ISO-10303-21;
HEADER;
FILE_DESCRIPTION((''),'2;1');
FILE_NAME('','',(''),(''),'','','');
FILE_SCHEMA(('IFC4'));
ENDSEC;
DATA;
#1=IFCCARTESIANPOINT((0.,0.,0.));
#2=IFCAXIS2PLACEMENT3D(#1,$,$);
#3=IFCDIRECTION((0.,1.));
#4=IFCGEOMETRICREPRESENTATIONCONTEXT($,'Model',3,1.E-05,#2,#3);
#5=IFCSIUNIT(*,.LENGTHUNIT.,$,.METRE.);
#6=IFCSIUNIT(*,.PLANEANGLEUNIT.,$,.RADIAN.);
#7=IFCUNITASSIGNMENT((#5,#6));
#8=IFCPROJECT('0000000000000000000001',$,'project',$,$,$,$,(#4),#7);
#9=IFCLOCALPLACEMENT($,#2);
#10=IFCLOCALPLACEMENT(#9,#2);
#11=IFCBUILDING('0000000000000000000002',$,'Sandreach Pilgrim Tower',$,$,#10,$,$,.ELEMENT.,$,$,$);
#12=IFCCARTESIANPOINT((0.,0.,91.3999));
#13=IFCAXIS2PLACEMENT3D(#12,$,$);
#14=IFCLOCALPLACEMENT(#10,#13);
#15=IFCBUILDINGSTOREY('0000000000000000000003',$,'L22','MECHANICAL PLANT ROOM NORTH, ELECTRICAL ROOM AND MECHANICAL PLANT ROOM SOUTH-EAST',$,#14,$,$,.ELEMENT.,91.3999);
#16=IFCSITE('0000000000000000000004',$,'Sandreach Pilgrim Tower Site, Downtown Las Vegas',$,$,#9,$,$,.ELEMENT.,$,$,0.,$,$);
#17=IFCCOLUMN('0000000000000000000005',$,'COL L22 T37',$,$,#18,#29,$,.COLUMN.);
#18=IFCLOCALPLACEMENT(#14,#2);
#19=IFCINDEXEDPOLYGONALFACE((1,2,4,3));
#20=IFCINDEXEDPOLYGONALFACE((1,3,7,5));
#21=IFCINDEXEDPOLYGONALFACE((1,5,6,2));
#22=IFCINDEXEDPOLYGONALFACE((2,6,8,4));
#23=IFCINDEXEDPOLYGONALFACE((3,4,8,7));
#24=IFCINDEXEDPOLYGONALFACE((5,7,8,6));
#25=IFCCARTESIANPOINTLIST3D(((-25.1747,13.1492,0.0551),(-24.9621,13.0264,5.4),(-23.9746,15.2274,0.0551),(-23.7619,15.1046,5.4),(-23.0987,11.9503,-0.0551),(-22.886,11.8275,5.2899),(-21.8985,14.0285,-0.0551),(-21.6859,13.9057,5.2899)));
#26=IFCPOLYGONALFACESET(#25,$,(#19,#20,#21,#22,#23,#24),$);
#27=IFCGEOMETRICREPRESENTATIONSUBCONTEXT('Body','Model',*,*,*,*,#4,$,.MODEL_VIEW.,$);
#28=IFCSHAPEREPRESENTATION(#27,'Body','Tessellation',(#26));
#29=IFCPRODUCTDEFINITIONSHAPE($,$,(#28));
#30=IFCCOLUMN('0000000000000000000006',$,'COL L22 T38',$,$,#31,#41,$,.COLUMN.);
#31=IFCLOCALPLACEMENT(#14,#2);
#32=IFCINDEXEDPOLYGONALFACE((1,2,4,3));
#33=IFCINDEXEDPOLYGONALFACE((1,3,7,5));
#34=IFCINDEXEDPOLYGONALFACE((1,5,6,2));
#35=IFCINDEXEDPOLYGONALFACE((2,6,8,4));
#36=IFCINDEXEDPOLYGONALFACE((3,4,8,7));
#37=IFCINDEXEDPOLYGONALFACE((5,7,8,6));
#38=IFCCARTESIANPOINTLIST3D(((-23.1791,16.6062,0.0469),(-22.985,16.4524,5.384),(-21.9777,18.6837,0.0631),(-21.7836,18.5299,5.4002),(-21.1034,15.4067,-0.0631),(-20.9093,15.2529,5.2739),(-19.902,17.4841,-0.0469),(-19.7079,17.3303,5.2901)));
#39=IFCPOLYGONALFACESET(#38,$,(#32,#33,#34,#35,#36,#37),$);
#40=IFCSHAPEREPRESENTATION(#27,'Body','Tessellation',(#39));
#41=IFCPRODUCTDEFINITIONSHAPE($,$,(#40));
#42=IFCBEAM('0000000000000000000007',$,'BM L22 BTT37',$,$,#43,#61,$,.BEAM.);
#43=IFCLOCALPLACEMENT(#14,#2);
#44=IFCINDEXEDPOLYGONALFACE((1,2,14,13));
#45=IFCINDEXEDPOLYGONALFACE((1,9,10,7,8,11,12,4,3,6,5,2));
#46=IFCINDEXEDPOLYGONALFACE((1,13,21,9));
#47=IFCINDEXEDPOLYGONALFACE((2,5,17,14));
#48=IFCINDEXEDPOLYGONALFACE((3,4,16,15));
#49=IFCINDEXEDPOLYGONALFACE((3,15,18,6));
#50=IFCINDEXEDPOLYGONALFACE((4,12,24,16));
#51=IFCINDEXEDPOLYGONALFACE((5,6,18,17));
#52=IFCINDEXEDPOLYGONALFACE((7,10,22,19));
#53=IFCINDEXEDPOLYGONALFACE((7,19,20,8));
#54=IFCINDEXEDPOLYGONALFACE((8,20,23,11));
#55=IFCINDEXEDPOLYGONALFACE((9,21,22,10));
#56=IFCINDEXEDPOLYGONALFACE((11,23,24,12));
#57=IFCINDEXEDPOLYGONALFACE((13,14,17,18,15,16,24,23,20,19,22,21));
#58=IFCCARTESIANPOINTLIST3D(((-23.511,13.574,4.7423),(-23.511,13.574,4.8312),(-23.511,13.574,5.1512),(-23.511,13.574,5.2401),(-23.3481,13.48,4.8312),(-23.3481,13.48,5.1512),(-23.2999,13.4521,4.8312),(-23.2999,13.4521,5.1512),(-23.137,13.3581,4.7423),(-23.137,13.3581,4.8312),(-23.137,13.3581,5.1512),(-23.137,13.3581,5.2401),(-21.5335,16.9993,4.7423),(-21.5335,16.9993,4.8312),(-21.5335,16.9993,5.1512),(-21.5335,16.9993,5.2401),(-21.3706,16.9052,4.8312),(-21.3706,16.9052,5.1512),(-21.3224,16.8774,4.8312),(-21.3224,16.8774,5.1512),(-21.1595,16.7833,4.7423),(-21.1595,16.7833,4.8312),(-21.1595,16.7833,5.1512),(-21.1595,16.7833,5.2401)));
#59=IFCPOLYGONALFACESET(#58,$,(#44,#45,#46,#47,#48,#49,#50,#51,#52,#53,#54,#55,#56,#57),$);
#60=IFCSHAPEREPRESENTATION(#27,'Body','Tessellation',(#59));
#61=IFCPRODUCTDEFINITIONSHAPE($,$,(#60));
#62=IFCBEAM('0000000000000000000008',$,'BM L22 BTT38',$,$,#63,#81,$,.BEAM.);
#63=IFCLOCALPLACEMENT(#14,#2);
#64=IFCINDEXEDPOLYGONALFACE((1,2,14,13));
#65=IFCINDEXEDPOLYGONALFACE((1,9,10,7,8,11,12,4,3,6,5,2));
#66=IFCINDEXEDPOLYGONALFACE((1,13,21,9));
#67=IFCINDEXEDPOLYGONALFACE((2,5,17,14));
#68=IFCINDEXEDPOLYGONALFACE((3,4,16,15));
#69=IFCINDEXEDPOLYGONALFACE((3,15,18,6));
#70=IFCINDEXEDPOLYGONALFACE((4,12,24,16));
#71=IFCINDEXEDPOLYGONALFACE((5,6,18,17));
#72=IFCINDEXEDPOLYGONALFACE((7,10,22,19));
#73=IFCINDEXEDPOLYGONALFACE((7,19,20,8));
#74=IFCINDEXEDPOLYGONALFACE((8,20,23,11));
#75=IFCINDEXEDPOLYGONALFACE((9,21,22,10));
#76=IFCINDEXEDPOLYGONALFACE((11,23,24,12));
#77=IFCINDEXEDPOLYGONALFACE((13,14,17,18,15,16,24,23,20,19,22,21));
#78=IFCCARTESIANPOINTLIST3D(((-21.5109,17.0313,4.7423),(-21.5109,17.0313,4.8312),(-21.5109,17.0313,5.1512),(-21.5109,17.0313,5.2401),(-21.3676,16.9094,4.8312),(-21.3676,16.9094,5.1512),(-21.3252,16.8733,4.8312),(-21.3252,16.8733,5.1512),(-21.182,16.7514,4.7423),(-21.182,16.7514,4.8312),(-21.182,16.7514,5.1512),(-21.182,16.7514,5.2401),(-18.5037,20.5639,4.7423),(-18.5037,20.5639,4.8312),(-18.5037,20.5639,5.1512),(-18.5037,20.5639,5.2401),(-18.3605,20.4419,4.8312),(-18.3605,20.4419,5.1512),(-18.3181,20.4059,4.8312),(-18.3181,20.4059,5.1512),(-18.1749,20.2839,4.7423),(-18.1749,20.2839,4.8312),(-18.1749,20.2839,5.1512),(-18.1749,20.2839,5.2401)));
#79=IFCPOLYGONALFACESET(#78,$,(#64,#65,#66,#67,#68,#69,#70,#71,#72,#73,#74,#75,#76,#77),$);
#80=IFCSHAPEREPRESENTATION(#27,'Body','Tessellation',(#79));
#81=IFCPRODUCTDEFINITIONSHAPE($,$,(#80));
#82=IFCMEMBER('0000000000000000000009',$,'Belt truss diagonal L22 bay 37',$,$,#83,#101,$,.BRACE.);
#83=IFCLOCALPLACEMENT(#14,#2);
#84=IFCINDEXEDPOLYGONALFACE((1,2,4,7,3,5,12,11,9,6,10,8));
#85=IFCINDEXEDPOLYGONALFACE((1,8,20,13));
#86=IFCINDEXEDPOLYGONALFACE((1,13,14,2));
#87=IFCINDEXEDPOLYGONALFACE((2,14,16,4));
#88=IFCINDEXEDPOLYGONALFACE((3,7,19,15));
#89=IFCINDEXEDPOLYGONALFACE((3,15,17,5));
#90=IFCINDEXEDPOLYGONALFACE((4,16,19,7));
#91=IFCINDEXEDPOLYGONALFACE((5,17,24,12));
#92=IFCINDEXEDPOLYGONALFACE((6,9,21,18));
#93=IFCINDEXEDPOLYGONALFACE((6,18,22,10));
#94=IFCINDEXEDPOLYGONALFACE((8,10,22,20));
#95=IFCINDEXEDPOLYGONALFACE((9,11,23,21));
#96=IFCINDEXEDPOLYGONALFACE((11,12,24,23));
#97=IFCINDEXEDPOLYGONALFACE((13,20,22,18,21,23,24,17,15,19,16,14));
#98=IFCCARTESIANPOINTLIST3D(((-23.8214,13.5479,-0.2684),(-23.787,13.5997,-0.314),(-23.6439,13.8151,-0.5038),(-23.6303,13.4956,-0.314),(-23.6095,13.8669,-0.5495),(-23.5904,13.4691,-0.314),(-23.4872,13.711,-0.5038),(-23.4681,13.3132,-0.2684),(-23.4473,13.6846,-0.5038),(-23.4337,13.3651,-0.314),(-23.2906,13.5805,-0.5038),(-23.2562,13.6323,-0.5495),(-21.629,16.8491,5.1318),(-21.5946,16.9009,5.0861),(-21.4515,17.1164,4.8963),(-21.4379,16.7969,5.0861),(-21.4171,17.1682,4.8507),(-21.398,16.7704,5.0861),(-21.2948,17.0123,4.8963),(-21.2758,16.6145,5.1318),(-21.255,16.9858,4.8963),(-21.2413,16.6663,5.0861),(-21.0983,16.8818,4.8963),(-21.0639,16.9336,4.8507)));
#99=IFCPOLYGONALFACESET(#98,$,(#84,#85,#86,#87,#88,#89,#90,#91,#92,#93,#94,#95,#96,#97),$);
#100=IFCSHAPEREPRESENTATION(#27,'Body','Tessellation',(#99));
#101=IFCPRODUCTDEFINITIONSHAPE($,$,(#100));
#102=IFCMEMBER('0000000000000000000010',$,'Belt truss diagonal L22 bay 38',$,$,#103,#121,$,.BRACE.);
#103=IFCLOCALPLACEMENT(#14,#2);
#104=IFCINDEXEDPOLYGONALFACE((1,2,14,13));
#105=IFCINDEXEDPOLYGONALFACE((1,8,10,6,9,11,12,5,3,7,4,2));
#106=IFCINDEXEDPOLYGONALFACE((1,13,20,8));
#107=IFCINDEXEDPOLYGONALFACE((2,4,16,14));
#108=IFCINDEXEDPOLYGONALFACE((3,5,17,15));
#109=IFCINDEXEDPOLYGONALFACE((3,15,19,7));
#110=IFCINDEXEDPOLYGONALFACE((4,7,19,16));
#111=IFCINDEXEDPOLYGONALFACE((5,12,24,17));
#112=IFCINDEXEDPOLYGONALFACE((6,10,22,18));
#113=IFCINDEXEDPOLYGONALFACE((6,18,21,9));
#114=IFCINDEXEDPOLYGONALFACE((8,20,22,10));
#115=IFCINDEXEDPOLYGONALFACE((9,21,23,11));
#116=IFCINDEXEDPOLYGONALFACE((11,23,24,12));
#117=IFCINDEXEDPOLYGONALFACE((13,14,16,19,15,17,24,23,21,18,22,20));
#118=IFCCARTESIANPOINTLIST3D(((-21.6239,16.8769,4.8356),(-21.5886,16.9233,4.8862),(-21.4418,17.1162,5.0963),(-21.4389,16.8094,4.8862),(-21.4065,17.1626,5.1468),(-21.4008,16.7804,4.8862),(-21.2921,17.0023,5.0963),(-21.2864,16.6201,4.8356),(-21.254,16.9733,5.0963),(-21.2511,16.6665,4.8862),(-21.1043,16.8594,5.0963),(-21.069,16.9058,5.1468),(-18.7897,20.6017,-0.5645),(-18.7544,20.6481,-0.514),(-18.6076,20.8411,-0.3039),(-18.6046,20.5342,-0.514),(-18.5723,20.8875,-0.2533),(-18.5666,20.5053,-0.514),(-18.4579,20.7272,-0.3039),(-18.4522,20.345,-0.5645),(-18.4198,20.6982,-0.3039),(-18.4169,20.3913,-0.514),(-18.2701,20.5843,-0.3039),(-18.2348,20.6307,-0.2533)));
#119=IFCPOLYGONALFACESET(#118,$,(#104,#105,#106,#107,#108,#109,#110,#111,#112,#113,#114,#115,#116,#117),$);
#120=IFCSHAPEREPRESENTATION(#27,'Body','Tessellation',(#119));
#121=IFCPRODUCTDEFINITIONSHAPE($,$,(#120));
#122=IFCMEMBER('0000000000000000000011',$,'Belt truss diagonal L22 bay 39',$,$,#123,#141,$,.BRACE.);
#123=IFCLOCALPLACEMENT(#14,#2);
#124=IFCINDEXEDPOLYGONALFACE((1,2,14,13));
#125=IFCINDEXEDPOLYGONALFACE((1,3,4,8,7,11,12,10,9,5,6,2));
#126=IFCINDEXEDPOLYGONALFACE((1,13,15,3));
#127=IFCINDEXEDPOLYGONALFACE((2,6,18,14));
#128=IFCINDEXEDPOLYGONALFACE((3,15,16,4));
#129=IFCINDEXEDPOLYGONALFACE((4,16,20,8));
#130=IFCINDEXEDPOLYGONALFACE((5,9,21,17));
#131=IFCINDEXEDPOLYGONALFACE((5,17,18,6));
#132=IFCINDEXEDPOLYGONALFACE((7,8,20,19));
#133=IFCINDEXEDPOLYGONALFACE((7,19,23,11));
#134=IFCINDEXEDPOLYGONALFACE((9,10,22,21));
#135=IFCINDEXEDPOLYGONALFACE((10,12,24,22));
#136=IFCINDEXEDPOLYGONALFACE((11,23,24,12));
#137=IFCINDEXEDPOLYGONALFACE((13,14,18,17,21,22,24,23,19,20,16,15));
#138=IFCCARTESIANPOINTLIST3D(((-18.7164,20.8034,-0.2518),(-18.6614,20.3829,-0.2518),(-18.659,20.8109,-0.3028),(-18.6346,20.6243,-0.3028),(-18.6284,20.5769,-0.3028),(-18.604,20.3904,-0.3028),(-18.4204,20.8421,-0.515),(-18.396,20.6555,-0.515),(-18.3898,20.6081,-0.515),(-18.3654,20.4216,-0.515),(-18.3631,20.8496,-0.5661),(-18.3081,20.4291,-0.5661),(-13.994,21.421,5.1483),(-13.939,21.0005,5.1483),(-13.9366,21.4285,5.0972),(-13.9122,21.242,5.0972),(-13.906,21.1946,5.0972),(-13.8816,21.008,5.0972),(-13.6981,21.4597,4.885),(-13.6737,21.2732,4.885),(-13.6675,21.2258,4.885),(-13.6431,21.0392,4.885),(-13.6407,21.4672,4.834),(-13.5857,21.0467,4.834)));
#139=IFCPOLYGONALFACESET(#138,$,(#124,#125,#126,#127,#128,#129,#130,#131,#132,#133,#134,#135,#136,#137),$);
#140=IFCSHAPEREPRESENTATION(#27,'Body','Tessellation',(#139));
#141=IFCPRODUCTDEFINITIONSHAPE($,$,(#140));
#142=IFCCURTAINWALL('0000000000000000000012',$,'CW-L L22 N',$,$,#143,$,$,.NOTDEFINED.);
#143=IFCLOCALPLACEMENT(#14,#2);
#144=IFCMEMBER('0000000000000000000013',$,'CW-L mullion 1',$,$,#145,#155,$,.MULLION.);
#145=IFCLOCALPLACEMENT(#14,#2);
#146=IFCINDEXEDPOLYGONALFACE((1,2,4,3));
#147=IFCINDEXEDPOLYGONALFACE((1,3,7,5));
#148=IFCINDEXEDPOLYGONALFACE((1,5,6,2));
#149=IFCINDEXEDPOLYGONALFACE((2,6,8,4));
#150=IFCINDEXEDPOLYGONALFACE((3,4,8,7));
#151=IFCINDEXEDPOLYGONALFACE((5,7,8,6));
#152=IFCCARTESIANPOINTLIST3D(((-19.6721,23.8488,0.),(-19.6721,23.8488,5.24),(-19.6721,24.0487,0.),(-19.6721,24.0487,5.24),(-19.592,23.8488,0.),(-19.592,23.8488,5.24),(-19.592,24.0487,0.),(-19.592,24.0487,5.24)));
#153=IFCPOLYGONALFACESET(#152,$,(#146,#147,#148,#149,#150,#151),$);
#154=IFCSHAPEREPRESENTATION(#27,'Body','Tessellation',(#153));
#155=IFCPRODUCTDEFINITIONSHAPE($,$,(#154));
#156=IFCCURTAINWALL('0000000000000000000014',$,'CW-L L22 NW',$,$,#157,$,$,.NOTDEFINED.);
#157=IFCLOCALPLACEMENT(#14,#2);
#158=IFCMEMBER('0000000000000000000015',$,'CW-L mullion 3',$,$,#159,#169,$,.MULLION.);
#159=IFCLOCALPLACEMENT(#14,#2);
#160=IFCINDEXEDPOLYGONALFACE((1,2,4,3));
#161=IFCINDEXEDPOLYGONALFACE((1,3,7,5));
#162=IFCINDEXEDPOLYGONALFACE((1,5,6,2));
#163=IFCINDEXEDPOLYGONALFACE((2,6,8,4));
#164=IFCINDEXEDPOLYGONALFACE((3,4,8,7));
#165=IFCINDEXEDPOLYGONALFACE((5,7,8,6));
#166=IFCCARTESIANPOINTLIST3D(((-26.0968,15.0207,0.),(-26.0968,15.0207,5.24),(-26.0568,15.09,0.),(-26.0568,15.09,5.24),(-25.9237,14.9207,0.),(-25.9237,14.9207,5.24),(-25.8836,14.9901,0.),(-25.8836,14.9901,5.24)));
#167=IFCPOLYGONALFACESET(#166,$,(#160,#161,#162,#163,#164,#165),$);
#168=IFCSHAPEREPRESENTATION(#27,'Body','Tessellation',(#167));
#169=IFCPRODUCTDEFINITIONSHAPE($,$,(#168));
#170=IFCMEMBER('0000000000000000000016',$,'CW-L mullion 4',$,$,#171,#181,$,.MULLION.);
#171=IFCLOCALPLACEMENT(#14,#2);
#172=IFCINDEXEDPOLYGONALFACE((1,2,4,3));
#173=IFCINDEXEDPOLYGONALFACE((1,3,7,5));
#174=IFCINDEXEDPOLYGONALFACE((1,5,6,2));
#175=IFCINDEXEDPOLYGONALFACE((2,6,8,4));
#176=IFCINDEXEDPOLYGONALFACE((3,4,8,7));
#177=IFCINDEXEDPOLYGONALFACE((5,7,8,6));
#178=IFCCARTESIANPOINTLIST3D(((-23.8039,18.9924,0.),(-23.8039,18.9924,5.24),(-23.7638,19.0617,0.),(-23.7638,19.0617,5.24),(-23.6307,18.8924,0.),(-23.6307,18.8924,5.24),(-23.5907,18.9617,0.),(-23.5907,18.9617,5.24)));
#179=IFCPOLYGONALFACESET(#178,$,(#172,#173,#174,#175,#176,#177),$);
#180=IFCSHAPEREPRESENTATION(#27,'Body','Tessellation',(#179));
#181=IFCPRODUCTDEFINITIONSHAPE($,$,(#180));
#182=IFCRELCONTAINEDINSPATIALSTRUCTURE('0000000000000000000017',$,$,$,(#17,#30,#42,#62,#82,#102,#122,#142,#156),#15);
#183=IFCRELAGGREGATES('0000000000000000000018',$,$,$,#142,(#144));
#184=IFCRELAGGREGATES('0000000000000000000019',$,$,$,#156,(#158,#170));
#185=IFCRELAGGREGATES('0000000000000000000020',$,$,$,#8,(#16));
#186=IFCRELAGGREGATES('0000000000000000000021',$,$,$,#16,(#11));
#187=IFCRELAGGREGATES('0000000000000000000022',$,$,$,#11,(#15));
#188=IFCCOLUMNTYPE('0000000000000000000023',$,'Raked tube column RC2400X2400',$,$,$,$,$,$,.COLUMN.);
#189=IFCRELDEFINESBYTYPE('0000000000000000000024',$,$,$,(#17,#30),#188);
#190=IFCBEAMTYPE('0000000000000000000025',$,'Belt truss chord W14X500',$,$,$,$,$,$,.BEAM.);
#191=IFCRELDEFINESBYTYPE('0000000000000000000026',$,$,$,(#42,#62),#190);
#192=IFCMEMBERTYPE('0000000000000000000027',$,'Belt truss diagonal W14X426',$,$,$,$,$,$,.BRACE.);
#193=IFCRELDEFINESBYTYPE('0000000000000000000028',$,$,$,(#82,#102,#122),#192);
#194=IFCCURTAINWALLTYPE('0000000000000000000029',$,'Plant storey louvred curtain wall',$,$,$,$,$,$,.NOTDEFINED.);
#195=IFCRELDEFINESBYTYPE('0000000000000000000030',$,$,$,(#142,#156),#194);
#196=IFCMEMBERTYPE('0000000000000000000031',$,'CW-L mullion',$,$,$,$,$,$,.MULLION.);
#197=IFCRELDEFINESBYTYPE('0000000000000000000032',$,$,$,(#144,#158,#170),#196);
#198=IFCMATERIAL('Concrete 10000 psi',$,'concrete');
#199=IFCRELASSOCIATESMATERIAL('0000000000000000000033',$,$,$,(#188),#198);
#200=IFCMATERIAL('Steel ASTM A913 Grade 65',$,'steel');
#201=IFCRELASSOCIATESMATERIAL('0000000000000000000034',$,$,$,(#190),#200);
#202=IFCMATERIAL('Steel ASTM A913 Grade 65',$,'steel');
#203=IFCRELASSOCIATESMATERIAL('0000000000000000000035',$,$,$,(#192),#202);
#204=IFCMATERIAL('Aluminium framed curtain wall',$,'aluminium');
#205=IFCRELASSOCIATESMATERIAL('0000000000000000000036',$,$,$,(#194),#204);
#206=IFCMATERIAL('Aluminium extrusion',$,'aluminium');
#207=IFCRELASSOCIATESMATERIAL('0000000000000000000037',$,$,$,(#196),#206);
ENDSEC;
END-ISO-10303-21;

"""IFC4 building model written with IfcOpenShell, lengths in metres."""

from ifc_helpers import new_model, si_unit, direction, frame, origin, origin_2d, place, context, subcontext, project, spatial, rectangle, i_section, extrude, material, material_profile, profile_set, type_object, element, aggregate, save


model = new_model("IFC4")

# Units and contexts
model_context = context("Model", 3, precision=1e-05, world=origin(), true_north=direction((0.0, 1.0)))
body_context = subcontext(model_context, "Body", "Model", "MODEL_VIEW")
ifc_project = project(units=[si_unit("LENGTHUNIT", "METRE"), si_unit("PLANEANGLEUNIT", "RADIAN")], contexts=[model_context])

# Site, building, storey
site_placement = place(None, origin())
site = spatial("IfcSite", under=ifc_project, at=site_placement, Name="Sandreach Pilgrim Tower Site, Downtown Las Vegas", CompositionType="ELEMENT", RefElevation=0.0)
building_placement = place(site_placement, origin())
building = spatial("IfcBuilding", under=site, at=building_placement, Name="Sandreach Pilgrim Tower", CompositionType="ELEMENT")
storey_placement = place(building_placement, frame((0.0, 0.0, 91.3999)))
storey = spatial("IfcBuildingStorey", under=building, at=storey_placement, Name="L22", Description="MECHANICAL PLANT ROOM NORTH, ELECTRICAL ROOM AND MECHANICAL PLANT ROOM SOUTH-EAST", CompositionType="ELEMENT", Elevation=91.3999)

# Columns
ifc_material_1 = material(Name="Concrete 10000 psi", Category="concrete")
ifc_material_profile_1 = material_profile(ifc_material_1, rectangle(XDim=2.3999, YDim=2.3999, at=origin_2d()), Name="RC2400X2400")
ifc_profile_set_1 = profile_set([ifc_material_profile_1], Name="Concrete 10000 psi")
column_type = type_object("IfcColumnType", Name="Raked tube column RC2400X2400", PredefinedType="COLUMN", material=ifc_profile_set_1)
column_1_placement = place(storey_placement, frame((-23.5366, 13.5889, 0.0), z_axis=(0.039742, -0.022951, 0.998946), x_axis=(-0.865058, 0.499568, 0.045894)))
element("IfcColumn", 1, at=column_1_placement, inside=storey, type_object=column_type, Name="COL L22 T37", PredefinedType="COLUMN", context=body_context, shape_type="SweptSolid", body=[
    extrude(rectangle(XDim=2.3999, YDim=2.3999, at=origin_2d()), origin(), (0.0, 0.0, 1.0), 5.3506),
])
column_2_placement = place(storey_placement, frame((-21.5405, 17.0452, 0.0), z_axis=(0.036329, -0.028789, 0.998925), x_axis=(-0.864916, 0.499818, 0.04586)))
element("IfcColumn", 2, at=column_2_placement, inside=storey, type_object=column_type, Name="COL L22 T38", PredefinedType="COLUMN", context=body_context, shape_type="SweptSolid", body=[
    extrude(rectangle(XDim=2.3999, YDim=2.3999, at=origin_2d()), origin(), (0.0, 0.0, 1.0), 5.3428),
])

# Beams
ifc_material_2 = material(Name="Steel ASTM A913 Grade 65", Category="steel")
ifc_material_profile_2 = material_profile(ifc_material_2, i_section(OverallWidth=0.4319, OverallDepth=0.4978, WebThickness=0.0557, FlangeThickness=0.0889, at=origin_2d()), Name="W14X500")
ifc_profile_set_2 = profile_set([ifc_material_profile_2], Name="Steel ASTM A913 Grade 65")
beam_type_1 = type_object("IfcBeamType", Name="Belt truss chord W14X500", PredefinedType="BEAM", material=ifc_profile_set_2)
beam_1_placement = place(storey_placement, frame((-23.324, 13.4661, 4.9912), z_axis=(0.49999, 0.866031, 0.0), x_axis=(-0.866031, 0.49999, 0.0)))
element("IfcBeam", 3, at=beam_1_placement, inside=storey, type_object=beam_type_1, Name="BM L22 BTT37", PredefinedType="BEAM", context=body_context, shape_type="SweptSolid", body=[
    extrude(i_section(OverallWidth=0.4319, OverallDepth=0.4978, WebThickness=0.0557, FlangeThickness=0.0889, at=origin_2d()), origin(), (0.0, 0.0, 1.0), 3.9551),
])
beam_2_placement = place(storey_placement, frame((-21.3464, 16.8914, 4.9912), z_axis=(0.648209, 0.761463, 0.0), x_axis=(-0.761463, 0.648209, 0.0)))
element("IfcBeam", 4, at=beam_2_placement, inside=storey, type_object=beam_type_1, Name="BM L22 BTT38", PredefinedType="BEAM", context=body_context, shape_type="SweptSolid", body=[
    extrude(i_section(OverallWidth=0.4319, OverallDepth=0.4978, WebThickness=0.0557, FlangeThickness=0.0889, at=origin_2d()), origin(), (0.0, 0.0, 1.0), 4.6392),
])

# Members
ifc_material_3 = material(Name="Steel ASTM A913 Grade 65", Category="steel")
ifc_material_profile_3 = material_profile(ifc_material_3, i_section(OverallWidth=0.4241, OverallDepth=0.4751, WebThickness=0.0479, FlangeThickness=0.0771, at=origin_2d()), Name="W14X426")
ifc_profile_set_3 = profile_set([ifc_material_profile_3], Name="Steel ASTM A913 Grade 65")
member_type_1 = type_object("IfcMemberType", Name="Belt truss diagonal W14X426", PredefinedType="BRACE", material=ifc_profile_set_3)
member_1_placement = place(storey_placement, frame((-23.5388, 13.5901, -0.4089), z_axis=(0.327307, 0.492856, 0.806203), x_axis=(-0.833035, 0.553221, 0.0)))
element("IfcMember", 5, at=member_1_placement, inside=storey, type_object=member_type_1, Name="Belt truss diagonal L22 bay 37", PredefinedType="BRACE", context=body_context, shape_type="SweptSolid", body=[
    extrude(i_section(OverallWidth=0.4241, OverallDepth=0.4751, WebThickness=0.0479, FlangeThickness=0.0771, at=origin_2d()), origin(), (0.0, 0.0, 1.0), 6.6982),
])
member_2_placement = place(storey_placement, frame((-21.3464, 16.8914, 4.9912), z_axis=(0.396603, 0.521232, -0.755661), x_axis=(-0.795818, 0.605535, 0.0)))
element("IfcMember", 6, at=member_2_placement, inside=storey, type_object=member_type_1, Name="Belt truss diagonal L22 bay 38", PredefinedType="BRACE", context=body_context, shape_type="SweptSolid", body=[
    extrude(i_section(OverallWidth=0.4241, OverallDepth=0.4751, WebThickness=0.0479, FlangeThickness=0.0771, at=origin_2d()), origin(), (0.0, 0.0, 1.0), 7.1462),
])
member_3_placement = place(storey_placement, frame((-18.5122, 20.6162, -0.4089), z_axis=(0.655863, 0.085785, 0.749989), x_axis=(-0.129692, 0.991554, 0.0)))
element("IfcMember", 7, at=member_3_placement, inside=storey, type_object=member_type_1, Name="Belt truss diagonal L22 bay 39", PredefinedType="BRACE", context=body_context, shape_type="SweptSolid", body=[
    extrude(i_section(OverallWidth=0.4241, OverallDepth=0.4751, WebThickness=0.0479, FlangeThickness=0.0771, at=origin_2d()), origin(), (0.0, 0.0, 1.0), 7.2002),
])

# Curtain wall, member
ifc_material_4 = material(Name="Aluminium framed curtain wall", Category="aluminium")
curtain_wall_type = type_object("IfcCurtainWallType", Name="Plant storey louvred curtain wall", PredefinedType="NOTDEFINED", material=ifc_material_4)
curtain_wall_1_placement = place(storey_placement, origin())
curtain_wall_1 = element("IfcCurtainWall", 8, at=curtain_wall_1_placement, inside=storey, type_object=curtain_wall_type, Name="CW-L L22 N", PredefinedType="NOTDEFINED")
ifc_material_5 = material(Name="Aluminium extrusion", Category="aluminium")
ifc_material_profile_4 = material_profile(ifc_material_5, rectangle(XDim=0.0801, YDim=0.2, at=origin_2d()), Name="CW-LM 80X200")
ifc_profile_set_4 = profile_set([ifc_material_profile_4], Name="Aluminium extrusion")
member_type_2 = type_object("IfcMemberType", Name="CW-L mullion", PredefinedType="MULLION", material=ifc_profile_set_4)
member_4_placement = place(storey_placement, frame((-19.6321, 23.9487, 0.0), z_axis=(0.0, 0.0, 1.0), x_axis=(1.0, 0.0, 0.0)))
member_4 = element("IfcMember", 9, at=member_4_placement, type_object=member_type_2, Name="CW-L mullion 1", PredefinedType="MULLION", context=body_context, shape_type="SweptSolid", body=[
    extrude(rectangle(XDim=0.0801, YDim=0.2, at=origin_2d()), origin(), (0.0, 0.0, 1.0), 5.24),
])

# Curtain wall, members
curtain_wall_2_placement = place(storey_placement, origin())
curtain_wall_2 = element("IfcCurtainWall", 10, at=curtain_wall_2_placement, inside=storey, type_object=curtain_wall_type, Name="CW-L L22 NW", PredefinedType="NOTDEFINED")
member_5_placement = place(storey_placement, frame((-25.9902, 15.0054, 0.0), z_axis=(0.0, 0.0, 1.0), x_axis=(0.5, 0.866025, 0.0)))
member_5 = element("IfcMember", 11, at=member_5_placement, type_object=member_type_2, Name="CW-L mullion 3", PredefinedType="MULLION", context=body_context, shape_type="SweptSolid", body=[
    extrude(rectangle(XDim=0.0801, YDim=0.2, at=origin_2d()), origin(), (0.0, 0.0, 1.0), 5.24),
])
member_6_placement = place(storey_placement, frame((-23.6973, 18.9771, 0.0), z_axis=(0.0, 0.0, 1.0), x_axis=(0.5, 0.866025, 0.0)))
member_6 = element("IfcMember", 12, at=member_6_placement, type_object=member_type_2, Name="CW-L mullion 4", PredefinedType="MULLION", context=body_context, shape_type="SweptSolid", body=[
    extrude(rectangle(XDim=0.0801, YDim=0.2, at=origin_2d()), origin(), (0.0, 0.0, 1.0), 5.24),
])

aggregate(curtain_wall_1, [member_4])

aggregate(curtain_wall_2, [member_5, member_6])

save(model, "model.ifc")
